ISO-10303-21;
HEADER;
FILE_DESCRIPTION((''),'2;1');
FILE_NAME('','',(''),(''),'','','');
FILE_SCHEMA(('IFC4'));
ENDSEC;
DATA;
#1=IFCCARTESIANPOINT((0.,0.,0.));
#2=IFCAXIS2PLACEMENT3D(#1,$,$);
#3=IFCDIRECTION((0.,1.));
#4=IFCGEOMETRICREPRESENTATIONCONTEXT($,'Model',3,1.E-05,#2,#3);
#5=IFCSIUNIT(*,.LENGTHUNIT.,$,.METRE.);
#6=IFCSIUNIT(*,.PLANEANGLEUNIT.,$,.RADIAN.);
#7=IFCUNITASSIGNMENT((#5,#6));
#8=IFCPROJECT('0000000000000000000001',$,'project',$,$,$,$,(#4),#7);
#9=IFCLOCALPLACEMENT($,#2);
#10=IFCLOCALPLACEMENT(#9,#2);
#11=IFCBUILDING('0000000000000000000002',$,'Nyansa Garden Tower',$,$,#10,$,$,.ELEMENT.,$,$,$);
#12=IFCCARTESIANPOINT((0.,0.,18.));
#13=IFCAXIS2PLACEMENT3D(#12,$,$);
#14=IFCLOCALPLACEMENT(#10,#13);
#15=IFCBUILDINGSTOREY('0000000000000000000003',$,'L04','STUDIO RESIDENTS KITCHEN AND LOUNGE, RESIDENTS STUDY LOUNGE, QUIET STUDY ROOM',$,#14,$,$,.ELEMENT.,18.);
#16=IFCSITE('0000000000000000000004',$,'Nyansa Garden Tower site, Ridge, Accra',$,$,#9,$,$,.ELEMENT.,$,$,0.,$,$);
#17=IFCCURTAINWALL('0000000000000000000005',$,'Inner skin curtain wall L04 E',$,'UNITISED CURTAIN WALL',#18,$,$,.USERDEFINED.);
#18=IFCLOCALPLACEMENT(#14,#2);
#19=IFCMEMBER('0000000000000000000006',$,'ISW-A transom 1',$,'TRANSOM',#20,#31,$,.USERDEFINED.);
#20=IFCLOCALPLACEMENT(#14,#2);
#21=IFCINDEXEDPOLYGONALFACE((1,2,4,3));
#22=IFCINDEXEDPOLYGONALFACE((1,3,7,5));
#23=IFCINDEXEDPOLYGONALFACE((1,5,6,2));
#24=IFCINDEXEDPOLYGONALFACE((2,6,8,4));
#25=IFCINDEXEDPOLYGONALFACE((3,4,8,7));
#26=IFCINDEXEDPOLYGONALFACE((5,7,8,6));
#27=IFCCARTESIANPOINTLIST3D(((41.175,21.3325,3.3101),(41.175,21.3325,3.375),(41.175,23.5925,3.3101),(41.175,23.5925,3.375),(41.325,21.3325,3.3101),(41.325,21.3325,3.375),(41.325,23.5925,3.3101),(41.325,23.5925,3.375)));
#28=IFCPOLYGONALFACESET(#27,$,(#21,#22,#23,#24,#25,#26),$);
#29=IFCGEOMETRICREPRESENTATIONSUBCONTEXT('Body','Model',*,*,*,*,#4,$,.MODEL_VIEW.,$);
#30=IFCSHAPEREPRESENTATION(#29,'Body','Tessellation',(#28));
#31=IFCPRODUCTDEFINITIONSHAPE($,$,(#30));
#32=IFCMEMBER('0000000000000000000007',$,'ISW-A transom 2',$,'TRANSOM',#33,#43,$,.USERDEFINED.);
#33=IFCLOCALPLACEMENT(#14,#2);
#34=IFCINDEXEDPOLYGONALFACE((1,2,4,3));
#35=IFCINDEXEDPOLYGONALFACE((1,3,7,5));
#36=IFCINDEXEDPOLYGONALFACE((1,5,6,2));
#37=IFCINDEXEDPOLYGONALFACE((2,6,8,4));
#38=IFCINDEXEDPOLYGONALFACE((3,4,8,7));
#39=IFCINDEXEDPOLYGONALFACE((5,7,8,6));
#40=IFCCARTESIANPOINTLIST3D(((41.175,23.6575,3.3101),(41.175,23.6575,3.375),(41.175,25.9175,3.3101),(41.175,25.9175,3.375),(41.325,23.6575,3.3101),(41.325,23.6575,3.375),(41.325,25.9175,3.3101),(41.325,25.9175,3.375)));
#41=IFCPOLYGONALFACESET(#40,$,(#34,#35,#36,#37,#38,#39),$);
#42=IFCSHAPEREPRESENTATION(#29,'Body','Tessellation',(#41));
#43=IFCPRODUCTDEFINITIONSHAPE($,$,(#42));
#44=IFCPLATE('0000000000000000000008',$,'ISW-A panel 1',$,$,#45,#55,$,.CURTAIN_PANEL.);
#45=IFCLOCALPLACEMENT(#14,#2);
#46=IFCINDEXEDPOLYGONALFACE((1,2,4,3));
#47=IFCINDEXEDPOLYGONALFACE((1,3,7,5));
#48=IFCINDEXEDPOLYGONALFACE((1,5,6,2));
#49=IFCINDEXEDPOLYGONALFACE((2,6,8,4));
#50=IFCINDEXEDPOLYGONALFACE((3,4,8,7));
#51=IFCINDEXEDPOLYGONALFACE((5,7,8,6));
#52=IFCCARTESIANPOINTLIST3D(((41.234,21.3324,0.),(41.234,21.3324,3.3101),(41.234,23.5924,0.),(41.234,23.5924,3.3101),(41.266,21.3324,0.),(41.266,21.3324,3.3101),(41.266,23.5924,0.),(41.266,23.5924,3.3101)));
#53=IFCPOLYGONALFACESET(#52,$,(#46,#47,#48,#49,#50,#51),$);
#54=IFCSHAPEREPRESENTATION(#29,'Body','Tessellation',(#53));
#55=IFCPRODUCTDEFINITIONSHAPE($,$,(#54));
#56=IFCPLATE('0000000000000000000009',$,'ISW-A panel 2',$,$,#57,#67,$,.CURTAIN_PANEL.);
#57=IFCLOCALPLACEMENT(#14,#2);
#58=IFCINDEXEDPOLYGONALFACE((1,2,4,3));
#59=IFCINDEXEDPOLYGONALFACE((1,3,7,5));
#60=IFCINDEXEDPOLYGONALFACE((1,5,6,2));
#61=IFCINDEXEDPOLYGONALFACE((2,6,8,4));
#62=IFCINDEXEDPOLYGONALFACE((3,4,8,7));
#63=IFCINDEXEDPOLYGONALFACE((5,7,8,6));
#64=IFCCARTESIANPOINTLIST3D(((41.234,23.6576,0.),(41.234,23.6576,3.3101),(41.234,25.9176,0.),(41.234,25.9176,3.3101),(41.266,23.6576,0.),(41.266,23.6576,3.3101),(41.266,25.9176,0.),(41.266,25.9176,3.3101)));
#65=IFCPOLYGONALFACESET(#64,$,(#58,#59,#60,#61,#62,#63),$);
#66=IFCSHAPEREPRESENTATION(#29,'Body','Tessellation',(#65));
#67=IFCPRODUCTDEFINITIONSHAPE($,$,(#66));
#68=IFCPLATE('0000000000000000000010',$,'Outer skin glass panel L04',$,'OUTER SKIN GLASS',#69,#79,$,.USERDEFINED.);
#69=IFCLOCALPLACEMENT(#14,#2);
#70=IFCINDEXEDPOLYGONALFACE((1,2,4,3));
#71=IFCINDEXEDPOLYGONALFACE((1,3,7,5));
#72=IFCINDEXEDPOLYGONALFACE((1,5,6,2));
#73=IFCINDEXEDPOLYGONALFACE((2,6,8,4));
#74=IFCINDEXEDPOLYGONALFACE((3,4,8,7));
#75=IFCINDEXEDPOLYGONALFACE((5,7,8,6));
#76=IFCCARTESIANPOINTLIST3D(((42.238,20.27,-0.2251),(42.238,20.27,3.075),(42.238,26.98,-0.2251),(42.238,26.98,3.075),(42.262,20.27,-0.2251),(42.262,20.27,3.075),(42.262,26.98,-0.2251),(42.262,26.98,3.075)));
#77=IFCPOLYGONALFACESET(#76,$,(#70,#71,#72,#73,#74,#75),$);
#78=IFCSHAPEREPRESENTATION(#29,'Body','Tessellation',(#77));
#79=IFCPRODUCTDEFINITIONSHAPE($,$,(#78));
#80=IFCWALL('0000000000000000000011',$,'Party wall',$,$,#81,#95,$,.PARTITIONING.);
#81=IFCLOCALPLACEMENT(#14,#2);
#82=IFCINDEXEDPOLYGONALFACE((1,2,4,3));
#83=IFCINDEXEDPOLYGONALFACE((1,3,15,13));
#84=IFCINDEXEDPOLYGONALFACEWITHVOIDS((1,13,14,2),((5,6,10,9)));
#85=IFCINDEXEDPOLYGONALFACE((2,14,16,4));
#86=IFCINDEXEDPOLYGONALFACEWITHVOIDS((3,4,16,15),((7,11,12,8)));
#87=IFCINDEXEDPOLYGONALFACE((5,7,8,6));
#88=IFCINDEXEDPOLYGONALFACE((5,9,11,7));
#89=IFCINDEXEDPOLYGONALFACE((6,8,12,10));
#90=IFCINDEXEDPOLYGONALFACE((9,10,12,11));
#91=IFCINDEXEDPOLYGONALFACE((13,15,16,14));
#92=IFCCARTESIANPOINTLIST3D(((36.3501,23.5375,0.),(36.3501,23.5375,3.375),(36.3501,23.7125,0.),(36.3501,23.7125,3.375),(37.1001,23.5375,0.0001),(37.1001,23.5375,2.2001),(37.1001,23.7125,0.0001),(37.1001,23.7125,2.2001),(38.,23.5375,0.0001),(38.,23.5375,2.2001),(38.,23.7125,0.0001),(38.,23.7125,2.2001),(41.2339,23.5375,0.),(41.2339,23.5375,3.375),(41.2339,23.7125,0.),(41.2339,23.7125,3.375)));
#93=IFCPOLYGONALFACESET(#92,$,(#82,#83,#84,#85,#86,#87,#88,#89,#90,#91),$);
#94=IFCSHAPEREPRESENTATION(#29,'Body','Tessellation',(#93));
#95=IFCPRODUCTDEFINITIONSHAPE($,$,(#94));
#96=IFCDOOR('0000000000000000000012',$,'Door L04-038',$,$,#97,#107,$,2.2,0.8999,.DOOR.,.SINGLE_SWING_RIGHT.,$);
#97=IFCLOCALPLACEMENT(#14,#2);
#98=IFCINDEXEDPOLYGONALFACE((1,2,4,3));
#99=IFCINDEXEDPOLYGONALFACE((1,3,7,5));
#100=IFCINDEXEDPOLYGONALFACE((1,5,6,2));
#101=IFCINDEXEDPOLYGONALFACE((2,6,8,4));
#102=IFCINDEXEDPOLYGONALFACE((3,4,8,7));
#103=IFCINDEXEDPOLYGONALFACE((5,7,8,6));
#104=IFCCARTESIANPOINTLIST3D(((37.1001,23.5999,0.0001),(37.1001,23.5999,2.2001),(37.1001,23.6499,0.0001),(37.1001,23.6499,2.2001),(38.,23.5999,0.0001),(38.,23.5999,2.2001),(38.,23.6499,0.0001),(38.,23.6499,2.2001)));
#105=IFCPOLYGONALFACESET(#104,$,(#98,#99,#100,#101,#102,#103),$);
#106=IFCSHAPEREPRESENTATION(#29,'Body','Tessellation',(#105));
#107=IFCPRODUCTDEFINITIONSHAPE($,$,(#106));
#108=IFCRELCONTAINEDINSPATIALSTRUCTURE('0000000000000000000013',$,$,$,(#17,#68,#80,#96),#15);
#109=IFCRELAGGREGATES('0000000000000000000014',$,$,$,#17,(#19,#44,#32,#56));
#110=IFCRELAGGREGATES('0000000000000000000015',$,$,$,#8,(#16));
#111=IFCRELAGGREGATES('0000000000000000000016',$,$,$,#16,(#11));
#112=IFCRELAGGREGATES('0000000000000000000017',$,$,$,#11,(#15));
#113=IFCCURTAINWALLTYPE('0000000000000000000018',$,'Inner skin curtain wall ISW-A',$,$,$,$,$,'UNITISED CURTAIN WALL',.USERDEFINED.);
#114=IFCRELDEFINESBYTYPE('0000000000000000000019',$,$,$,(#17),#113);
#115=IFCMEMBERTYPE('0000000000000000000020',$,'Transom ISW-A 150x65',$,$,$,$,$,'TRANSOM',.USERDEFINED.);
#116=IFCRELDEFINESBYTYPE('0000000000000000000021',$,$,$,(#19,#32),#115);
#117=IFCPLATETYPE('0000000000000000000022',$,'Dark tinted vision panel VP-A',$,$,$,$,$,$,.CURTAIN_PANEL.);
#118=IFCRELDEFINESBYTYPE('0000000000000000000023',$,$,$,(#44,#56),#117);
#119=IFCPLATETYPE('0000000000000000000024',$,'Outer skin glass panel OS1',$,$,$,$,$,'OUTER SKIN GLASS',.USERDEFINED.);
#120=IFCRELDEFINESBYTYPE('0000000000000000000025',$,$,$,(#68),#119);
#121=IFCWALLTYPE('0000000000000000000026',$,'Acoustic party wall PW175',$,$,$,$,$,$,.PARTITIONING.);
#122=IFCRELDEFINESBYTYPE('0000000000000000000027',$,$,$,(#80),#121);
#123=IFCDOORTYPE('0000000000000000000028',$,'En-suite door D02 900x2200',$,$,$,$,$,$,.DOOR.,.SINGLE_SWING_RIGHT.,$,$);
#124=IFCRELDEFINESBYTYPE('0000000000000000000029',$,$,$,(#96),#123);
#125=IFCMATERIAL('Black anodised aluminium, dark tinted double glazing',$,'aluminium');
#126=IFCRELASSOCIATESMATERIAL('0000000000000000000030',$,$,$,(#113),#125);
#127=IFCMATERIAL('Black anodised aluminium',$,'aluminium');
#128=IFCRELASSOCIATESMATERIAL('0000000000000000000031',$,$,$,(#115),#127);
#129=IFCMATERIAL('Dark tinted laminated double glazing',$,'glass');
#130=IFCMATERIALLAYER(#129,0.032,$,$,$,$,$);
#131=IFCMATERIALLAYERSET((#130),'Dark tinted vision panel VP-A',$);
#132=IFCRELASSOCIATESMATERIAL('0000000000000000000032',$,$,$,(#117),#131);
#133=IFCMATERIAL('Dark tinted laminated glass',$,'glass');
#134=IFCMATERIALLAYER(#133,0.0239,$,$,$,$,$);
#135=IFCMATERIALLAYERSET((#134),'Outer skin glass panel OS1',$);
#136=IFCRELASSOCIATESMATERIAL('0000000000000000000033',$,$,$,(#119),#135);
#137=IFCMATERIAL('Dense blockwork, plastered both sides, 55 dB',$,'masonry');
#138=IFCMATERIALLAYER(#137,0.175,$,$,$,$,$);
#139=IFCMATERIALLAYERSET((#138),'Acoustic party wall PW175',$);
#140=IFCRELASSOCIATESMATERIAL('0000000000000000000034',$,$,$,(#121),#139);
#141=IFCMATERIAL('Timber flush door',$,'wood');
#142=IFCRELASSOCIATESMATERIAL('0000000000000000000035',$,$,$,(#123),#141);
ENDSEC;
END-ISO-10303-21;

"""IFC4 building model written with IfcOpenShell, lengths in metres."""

from ifc_helpers import new_model, si_unit, direction, frame, frame_2d, origin, origin_2d, place, context, subcontext, project, spatial, rectangle, extrude, material, layer, layer_set, material_profile, profile_set, type_object, element, fill, aggregate, save


model = new_model("IFC4")

# Units and contexts
model_context = context("Model", 3, precision=1e-05, world=origin(), true_north=direction((0.0, 1.0)))
body_context = subcontext(model_context, "Body", "Model", "MODEL_VIEW")
ifc_project = project(units=[si_unit("LENGTHUNIT", "METRE"), si_unit("PLANEANGLEUNIT", "RADIAN")], contexts=[model_context])

# Site, building, storey
site_placement = place(None, origin())
site = spatial("IfcSite", under=ifc_project, at=site_placement, Name="Nyansa Garden Tower site, Ridge, Accra", CompositionType="ELEMENT", RefElevation=0.0)
building_placement = place(site_placement, origin())
building = spatial("IfcBuilding", under=site, at=building_placement, Name="Nyansa Garden Tower", CompositionType="ELEMENT")
storey_placement = place(building_placement, frame((0.0, 0.0, 18.0)))
storey = spatial("IfcBuildingStorey", under=building, at=storey_placement, Name="L04", Description="STUDIO RESIDENTS KITCHEN AND LOUNGE, RESIDENTS STUDY LOUNGE, QUIET STUDY ROOM", CompositionType="ELEMENT", Elevation=18.0)

# Curtain wall
ifc_material_1 = material(Name="Black anodised aluminium, dark tinted double glazing", Category="aluminium")
curtain_wall_type = type_object("IfcCurtainWallType", Name="Inner skin curtain wall ISW-A", ElementType="UNITISED CURTAIN WALL", PredefinedType="USERDEFINED", material=ifc_material_1)
curtain_wall_placement = place(storey_placement, origin())
curtain_wall = element("IfcCurtainWall", 1, at=curtain_wall_placement, inside=storey, type_object=curtain_wall_type, Name="Inner skin curtain wall L04 E", ObjectType="UNITISED CURTAIN WALL", PredefinedType="USERDEFINED")

# Members
ifc_material_2 = material(Name="Black anodised aluminium", Category="aluminium")
ifc_material_profile_1 = material_profile(ifc_material_2, rectangle(XDim=0.1499, YDim=0.0649, at=origin_2d()), Name="Transom 150x65")
ifc_profile_set_1 = profile_set([ifc_material_profile_1], Name="Black anodised aluminium")
member_type_1 = type_object("IfcMemberType", Name="Transom ISW-A 150x65", ElementType="TRANSOM", PredefinedType="USERDEFINED", material=ifc_profile_set_1)
member_1_placement = place(storey_placement, frame((41.25, 21.3325, 3.3425), z_axis=(0.0, 1.0, 0.0), x_axis=(-1.0, 0.0, 0.0)))
member_1 = element("IfcMember", 2, at=member_1_placement, type_object=member_type_1, Name="ISW-A transom 1", ObjectType="TRANSOM", PredefinedType="USERDEFINED", context=body_context, shape_type="SweptSolid", body=[
    extrude(rectangle(XDim=0.1499, YDim=0.0649, at=origin_2d()), origin(), (0.0, 0.0, 1.0), 2.26),
])
member_2_placement = place(storey_placement, frame((41.25, 23.6575, 3.3425), z_axis=(0.0, 1.0, 0.0), x_axis=(-1.0, 0.0, 0.0)))
member_2 = element("IfcMember", 3, at=member_2_placement, type_object=member_type_1, Name="ISW-A transom 2", ObjectType="TRANSOM", PredefinedType="USERDEFINED", context=body_context, shape_type="SweptSolid", body=[
    extrude(rectangle(XDim=0.1499, YDim=0.0649, at=origin_2d()), origin(), (0.0, 0.0, 1.0), 2.26),
])

# Plates
ifc_material_3 = material(Name="Dark tinted laminated double glazing", Category="glass")
ifc_layer_1 = layer(ifc_material_3, 0.032)
ifc_layer_set_1 = layer_set([ifc_layer_1], Name="Dark tinted vision panel VP-A")
plate_type_1 = type_object("IfcPlateType", Name="Dark tinted vision panel VP-A", PredefinedType="CURTAIN_PANEL", material=ifc_layer_set_1)
plate_1_placement = place(storey_placement, frame((41.25, 22.4624, 0.0), z_axis=(0.0, 0.0, 1.0), x_axis=(0.0, 1.0, 0.0)))
plate_1 = element("IfcPlate", 4, at=plate_1_placement, type_object=plate_type_1, Name="ISW-A panel 1", PredefinedType="CURTAIN_PANEL", context=body_context, shape_type="SweptSolid", body=[
    extrude(rectangle(XDim=2.26, YDim=0.032, at=origin_2d()), origin(), (0.0, 0.0, 1.0), 3.3101),
])
plate_2_placement = place(storey_placement, frame((41.25, 24.7876, 0.0), z_axis=(0.0, 0.0, 1.0), x_axis=(0.0, 1.0, 0.0)))
plate_2 = element("IfcPlate", 5, at=plate_2_placement, type_object=plate_type_1, Name="ISW-A panel 2", PredefinedType="CURTAIN_PANEL", context=body_context, shape_type="SweptSolid", body=[
    extrude(rectangle(XDim=2.26, YDim=0.032, at=origin_2d()), origin(), (0.0, 0.0, 1.0), 3.3101),
])
aggregate(curtain_wall, [member_1, plate_1, member_2, plate_2])
ifc_material_4 = material(Name="Dark tinted laminated glass", Category="glass")
ifc_layer_2 = layer(ifc_material_4, 0.0239)
ifc_layer_set_2 = layer_set([ifc_layer_2], Name="Outer skin glass panel OS1")
plate_type_2 = type_object("IfcPlateType", Name="Outer skin glass panel OS1", ElementType="OUTER SKIN GLASS", PredefinedType="USERDEFINED", material=ifc_layer_set_2)
plate_3_placement = place(storey_placement, frame((42.25, 23.625, -0.2251), z_axis=(0.0, 0.0, 1.0), x_axis=(0.0, 1.0, 0.0)))
element("IfcPlate", 6, at=plate_3_placement, inside=storey, type_object=plate_type_2, Name="Outer skin glass panel L04", ObjectType="OUTER SKIN GLASS", PredefinedType="USERDEFINED", context=body_context, shape_type="SweptSolid", body=[
    extrude(rectangle(XDim=6.71, YDim=0.0239, at=origin_2d()), origin(), (0.0, 0.0, 1.0), 3.3),
])

# Wall, opening, door
ifc_material_5 = material(Name="Dense blockwork, plastered both sides, 55 dB", Category="masonry")
ifc_layer_3 = layer(ifc_material_5, 0.175)
ifc_layer_set_3 = layer_set([ifc_layer_3], Name="Acoustic party wall PW175")
wall_type_1 = type_object("IfcWallType", Name="Acoustic party wall PW175", PredefinedType="PARTITIONING", material=ifc_layer_set_3)
wall_1_placement = place(storey_placement, frame((36.3501, 23.625, 0.0), z_axis=(0.0, 0.0, 1.0), x_axis=(1.0, 0.0, 0.0)))
wall_1 = element("IfcWall", 7, at=wall_1_placement, inside=storey, type_object=wall_type_1, Name="Party wall", PredefinedType="PARTITIONING", context=body_context, shape_type="SweptSolid", body=[
    extrude(rectangle(XDim=4.8838, YDim=0.175, at=frame_2d((2.4419, 0.0))), origin(), (0.0, 0.0, 1.0), 3.375),
])
opening_1_placement = place(wall_1_placement, frame((0.75, 0.0, 0.0)))
opening_1 = element("IfcOpeningElement", 8, at=opening_1_placement, cuts=wall_1, PredefinedType="OPENING", context=body_context, shape_type="SweptSolid", body=[
    extrude(rectangle(XDim=0.8999, YDim=2.2, at=frame_2d((0.45, 1.1001))), frame((0.0, 0.0974, 0.0), z_axis=(0.0, -1.0, 0.0), x_axis=(1.0, 0.0, 0.0)), (0.0, 0.0, 1.0), 0.1951),
])
ifc_material_6 = material(Name="Timber flush door", Category="wood")
door_type_1 = type_object("IfcDoorType", Name="En-suite door D02 900x2200", OperationType="SINGLE_SWING_RIGHT", PredefinedType="DOOR", material=ifc_material_6)
door_1_placement = place(opening_1_placement, origin())
door_1 = element("IfcDoor", 9, at=door_1_placement, inside=storey, type_object=door_type_1, Name="Door L04-038", OperationType="SINGLE_SWING_RIGHT", OverallHeight=2.2, OverallWidth=0.8999, PredefinedType="DOOR", context=body_context, shape_type="SweptSolid", body=[
    extrude(rectangle(XDim=0.8999, YDim=2.2, at=frame_2d((0.45, 1.1001))), frame((0.0, 0.0249, 0.0), z_axis=(0.0, -1.0, 0.0), x_axis=(1.0, 0.0, 0.0)), (0.0, 0.0, 1.0), 0.05),
])
fill(opening_1, door_1)

save(model, "model.ifc")
